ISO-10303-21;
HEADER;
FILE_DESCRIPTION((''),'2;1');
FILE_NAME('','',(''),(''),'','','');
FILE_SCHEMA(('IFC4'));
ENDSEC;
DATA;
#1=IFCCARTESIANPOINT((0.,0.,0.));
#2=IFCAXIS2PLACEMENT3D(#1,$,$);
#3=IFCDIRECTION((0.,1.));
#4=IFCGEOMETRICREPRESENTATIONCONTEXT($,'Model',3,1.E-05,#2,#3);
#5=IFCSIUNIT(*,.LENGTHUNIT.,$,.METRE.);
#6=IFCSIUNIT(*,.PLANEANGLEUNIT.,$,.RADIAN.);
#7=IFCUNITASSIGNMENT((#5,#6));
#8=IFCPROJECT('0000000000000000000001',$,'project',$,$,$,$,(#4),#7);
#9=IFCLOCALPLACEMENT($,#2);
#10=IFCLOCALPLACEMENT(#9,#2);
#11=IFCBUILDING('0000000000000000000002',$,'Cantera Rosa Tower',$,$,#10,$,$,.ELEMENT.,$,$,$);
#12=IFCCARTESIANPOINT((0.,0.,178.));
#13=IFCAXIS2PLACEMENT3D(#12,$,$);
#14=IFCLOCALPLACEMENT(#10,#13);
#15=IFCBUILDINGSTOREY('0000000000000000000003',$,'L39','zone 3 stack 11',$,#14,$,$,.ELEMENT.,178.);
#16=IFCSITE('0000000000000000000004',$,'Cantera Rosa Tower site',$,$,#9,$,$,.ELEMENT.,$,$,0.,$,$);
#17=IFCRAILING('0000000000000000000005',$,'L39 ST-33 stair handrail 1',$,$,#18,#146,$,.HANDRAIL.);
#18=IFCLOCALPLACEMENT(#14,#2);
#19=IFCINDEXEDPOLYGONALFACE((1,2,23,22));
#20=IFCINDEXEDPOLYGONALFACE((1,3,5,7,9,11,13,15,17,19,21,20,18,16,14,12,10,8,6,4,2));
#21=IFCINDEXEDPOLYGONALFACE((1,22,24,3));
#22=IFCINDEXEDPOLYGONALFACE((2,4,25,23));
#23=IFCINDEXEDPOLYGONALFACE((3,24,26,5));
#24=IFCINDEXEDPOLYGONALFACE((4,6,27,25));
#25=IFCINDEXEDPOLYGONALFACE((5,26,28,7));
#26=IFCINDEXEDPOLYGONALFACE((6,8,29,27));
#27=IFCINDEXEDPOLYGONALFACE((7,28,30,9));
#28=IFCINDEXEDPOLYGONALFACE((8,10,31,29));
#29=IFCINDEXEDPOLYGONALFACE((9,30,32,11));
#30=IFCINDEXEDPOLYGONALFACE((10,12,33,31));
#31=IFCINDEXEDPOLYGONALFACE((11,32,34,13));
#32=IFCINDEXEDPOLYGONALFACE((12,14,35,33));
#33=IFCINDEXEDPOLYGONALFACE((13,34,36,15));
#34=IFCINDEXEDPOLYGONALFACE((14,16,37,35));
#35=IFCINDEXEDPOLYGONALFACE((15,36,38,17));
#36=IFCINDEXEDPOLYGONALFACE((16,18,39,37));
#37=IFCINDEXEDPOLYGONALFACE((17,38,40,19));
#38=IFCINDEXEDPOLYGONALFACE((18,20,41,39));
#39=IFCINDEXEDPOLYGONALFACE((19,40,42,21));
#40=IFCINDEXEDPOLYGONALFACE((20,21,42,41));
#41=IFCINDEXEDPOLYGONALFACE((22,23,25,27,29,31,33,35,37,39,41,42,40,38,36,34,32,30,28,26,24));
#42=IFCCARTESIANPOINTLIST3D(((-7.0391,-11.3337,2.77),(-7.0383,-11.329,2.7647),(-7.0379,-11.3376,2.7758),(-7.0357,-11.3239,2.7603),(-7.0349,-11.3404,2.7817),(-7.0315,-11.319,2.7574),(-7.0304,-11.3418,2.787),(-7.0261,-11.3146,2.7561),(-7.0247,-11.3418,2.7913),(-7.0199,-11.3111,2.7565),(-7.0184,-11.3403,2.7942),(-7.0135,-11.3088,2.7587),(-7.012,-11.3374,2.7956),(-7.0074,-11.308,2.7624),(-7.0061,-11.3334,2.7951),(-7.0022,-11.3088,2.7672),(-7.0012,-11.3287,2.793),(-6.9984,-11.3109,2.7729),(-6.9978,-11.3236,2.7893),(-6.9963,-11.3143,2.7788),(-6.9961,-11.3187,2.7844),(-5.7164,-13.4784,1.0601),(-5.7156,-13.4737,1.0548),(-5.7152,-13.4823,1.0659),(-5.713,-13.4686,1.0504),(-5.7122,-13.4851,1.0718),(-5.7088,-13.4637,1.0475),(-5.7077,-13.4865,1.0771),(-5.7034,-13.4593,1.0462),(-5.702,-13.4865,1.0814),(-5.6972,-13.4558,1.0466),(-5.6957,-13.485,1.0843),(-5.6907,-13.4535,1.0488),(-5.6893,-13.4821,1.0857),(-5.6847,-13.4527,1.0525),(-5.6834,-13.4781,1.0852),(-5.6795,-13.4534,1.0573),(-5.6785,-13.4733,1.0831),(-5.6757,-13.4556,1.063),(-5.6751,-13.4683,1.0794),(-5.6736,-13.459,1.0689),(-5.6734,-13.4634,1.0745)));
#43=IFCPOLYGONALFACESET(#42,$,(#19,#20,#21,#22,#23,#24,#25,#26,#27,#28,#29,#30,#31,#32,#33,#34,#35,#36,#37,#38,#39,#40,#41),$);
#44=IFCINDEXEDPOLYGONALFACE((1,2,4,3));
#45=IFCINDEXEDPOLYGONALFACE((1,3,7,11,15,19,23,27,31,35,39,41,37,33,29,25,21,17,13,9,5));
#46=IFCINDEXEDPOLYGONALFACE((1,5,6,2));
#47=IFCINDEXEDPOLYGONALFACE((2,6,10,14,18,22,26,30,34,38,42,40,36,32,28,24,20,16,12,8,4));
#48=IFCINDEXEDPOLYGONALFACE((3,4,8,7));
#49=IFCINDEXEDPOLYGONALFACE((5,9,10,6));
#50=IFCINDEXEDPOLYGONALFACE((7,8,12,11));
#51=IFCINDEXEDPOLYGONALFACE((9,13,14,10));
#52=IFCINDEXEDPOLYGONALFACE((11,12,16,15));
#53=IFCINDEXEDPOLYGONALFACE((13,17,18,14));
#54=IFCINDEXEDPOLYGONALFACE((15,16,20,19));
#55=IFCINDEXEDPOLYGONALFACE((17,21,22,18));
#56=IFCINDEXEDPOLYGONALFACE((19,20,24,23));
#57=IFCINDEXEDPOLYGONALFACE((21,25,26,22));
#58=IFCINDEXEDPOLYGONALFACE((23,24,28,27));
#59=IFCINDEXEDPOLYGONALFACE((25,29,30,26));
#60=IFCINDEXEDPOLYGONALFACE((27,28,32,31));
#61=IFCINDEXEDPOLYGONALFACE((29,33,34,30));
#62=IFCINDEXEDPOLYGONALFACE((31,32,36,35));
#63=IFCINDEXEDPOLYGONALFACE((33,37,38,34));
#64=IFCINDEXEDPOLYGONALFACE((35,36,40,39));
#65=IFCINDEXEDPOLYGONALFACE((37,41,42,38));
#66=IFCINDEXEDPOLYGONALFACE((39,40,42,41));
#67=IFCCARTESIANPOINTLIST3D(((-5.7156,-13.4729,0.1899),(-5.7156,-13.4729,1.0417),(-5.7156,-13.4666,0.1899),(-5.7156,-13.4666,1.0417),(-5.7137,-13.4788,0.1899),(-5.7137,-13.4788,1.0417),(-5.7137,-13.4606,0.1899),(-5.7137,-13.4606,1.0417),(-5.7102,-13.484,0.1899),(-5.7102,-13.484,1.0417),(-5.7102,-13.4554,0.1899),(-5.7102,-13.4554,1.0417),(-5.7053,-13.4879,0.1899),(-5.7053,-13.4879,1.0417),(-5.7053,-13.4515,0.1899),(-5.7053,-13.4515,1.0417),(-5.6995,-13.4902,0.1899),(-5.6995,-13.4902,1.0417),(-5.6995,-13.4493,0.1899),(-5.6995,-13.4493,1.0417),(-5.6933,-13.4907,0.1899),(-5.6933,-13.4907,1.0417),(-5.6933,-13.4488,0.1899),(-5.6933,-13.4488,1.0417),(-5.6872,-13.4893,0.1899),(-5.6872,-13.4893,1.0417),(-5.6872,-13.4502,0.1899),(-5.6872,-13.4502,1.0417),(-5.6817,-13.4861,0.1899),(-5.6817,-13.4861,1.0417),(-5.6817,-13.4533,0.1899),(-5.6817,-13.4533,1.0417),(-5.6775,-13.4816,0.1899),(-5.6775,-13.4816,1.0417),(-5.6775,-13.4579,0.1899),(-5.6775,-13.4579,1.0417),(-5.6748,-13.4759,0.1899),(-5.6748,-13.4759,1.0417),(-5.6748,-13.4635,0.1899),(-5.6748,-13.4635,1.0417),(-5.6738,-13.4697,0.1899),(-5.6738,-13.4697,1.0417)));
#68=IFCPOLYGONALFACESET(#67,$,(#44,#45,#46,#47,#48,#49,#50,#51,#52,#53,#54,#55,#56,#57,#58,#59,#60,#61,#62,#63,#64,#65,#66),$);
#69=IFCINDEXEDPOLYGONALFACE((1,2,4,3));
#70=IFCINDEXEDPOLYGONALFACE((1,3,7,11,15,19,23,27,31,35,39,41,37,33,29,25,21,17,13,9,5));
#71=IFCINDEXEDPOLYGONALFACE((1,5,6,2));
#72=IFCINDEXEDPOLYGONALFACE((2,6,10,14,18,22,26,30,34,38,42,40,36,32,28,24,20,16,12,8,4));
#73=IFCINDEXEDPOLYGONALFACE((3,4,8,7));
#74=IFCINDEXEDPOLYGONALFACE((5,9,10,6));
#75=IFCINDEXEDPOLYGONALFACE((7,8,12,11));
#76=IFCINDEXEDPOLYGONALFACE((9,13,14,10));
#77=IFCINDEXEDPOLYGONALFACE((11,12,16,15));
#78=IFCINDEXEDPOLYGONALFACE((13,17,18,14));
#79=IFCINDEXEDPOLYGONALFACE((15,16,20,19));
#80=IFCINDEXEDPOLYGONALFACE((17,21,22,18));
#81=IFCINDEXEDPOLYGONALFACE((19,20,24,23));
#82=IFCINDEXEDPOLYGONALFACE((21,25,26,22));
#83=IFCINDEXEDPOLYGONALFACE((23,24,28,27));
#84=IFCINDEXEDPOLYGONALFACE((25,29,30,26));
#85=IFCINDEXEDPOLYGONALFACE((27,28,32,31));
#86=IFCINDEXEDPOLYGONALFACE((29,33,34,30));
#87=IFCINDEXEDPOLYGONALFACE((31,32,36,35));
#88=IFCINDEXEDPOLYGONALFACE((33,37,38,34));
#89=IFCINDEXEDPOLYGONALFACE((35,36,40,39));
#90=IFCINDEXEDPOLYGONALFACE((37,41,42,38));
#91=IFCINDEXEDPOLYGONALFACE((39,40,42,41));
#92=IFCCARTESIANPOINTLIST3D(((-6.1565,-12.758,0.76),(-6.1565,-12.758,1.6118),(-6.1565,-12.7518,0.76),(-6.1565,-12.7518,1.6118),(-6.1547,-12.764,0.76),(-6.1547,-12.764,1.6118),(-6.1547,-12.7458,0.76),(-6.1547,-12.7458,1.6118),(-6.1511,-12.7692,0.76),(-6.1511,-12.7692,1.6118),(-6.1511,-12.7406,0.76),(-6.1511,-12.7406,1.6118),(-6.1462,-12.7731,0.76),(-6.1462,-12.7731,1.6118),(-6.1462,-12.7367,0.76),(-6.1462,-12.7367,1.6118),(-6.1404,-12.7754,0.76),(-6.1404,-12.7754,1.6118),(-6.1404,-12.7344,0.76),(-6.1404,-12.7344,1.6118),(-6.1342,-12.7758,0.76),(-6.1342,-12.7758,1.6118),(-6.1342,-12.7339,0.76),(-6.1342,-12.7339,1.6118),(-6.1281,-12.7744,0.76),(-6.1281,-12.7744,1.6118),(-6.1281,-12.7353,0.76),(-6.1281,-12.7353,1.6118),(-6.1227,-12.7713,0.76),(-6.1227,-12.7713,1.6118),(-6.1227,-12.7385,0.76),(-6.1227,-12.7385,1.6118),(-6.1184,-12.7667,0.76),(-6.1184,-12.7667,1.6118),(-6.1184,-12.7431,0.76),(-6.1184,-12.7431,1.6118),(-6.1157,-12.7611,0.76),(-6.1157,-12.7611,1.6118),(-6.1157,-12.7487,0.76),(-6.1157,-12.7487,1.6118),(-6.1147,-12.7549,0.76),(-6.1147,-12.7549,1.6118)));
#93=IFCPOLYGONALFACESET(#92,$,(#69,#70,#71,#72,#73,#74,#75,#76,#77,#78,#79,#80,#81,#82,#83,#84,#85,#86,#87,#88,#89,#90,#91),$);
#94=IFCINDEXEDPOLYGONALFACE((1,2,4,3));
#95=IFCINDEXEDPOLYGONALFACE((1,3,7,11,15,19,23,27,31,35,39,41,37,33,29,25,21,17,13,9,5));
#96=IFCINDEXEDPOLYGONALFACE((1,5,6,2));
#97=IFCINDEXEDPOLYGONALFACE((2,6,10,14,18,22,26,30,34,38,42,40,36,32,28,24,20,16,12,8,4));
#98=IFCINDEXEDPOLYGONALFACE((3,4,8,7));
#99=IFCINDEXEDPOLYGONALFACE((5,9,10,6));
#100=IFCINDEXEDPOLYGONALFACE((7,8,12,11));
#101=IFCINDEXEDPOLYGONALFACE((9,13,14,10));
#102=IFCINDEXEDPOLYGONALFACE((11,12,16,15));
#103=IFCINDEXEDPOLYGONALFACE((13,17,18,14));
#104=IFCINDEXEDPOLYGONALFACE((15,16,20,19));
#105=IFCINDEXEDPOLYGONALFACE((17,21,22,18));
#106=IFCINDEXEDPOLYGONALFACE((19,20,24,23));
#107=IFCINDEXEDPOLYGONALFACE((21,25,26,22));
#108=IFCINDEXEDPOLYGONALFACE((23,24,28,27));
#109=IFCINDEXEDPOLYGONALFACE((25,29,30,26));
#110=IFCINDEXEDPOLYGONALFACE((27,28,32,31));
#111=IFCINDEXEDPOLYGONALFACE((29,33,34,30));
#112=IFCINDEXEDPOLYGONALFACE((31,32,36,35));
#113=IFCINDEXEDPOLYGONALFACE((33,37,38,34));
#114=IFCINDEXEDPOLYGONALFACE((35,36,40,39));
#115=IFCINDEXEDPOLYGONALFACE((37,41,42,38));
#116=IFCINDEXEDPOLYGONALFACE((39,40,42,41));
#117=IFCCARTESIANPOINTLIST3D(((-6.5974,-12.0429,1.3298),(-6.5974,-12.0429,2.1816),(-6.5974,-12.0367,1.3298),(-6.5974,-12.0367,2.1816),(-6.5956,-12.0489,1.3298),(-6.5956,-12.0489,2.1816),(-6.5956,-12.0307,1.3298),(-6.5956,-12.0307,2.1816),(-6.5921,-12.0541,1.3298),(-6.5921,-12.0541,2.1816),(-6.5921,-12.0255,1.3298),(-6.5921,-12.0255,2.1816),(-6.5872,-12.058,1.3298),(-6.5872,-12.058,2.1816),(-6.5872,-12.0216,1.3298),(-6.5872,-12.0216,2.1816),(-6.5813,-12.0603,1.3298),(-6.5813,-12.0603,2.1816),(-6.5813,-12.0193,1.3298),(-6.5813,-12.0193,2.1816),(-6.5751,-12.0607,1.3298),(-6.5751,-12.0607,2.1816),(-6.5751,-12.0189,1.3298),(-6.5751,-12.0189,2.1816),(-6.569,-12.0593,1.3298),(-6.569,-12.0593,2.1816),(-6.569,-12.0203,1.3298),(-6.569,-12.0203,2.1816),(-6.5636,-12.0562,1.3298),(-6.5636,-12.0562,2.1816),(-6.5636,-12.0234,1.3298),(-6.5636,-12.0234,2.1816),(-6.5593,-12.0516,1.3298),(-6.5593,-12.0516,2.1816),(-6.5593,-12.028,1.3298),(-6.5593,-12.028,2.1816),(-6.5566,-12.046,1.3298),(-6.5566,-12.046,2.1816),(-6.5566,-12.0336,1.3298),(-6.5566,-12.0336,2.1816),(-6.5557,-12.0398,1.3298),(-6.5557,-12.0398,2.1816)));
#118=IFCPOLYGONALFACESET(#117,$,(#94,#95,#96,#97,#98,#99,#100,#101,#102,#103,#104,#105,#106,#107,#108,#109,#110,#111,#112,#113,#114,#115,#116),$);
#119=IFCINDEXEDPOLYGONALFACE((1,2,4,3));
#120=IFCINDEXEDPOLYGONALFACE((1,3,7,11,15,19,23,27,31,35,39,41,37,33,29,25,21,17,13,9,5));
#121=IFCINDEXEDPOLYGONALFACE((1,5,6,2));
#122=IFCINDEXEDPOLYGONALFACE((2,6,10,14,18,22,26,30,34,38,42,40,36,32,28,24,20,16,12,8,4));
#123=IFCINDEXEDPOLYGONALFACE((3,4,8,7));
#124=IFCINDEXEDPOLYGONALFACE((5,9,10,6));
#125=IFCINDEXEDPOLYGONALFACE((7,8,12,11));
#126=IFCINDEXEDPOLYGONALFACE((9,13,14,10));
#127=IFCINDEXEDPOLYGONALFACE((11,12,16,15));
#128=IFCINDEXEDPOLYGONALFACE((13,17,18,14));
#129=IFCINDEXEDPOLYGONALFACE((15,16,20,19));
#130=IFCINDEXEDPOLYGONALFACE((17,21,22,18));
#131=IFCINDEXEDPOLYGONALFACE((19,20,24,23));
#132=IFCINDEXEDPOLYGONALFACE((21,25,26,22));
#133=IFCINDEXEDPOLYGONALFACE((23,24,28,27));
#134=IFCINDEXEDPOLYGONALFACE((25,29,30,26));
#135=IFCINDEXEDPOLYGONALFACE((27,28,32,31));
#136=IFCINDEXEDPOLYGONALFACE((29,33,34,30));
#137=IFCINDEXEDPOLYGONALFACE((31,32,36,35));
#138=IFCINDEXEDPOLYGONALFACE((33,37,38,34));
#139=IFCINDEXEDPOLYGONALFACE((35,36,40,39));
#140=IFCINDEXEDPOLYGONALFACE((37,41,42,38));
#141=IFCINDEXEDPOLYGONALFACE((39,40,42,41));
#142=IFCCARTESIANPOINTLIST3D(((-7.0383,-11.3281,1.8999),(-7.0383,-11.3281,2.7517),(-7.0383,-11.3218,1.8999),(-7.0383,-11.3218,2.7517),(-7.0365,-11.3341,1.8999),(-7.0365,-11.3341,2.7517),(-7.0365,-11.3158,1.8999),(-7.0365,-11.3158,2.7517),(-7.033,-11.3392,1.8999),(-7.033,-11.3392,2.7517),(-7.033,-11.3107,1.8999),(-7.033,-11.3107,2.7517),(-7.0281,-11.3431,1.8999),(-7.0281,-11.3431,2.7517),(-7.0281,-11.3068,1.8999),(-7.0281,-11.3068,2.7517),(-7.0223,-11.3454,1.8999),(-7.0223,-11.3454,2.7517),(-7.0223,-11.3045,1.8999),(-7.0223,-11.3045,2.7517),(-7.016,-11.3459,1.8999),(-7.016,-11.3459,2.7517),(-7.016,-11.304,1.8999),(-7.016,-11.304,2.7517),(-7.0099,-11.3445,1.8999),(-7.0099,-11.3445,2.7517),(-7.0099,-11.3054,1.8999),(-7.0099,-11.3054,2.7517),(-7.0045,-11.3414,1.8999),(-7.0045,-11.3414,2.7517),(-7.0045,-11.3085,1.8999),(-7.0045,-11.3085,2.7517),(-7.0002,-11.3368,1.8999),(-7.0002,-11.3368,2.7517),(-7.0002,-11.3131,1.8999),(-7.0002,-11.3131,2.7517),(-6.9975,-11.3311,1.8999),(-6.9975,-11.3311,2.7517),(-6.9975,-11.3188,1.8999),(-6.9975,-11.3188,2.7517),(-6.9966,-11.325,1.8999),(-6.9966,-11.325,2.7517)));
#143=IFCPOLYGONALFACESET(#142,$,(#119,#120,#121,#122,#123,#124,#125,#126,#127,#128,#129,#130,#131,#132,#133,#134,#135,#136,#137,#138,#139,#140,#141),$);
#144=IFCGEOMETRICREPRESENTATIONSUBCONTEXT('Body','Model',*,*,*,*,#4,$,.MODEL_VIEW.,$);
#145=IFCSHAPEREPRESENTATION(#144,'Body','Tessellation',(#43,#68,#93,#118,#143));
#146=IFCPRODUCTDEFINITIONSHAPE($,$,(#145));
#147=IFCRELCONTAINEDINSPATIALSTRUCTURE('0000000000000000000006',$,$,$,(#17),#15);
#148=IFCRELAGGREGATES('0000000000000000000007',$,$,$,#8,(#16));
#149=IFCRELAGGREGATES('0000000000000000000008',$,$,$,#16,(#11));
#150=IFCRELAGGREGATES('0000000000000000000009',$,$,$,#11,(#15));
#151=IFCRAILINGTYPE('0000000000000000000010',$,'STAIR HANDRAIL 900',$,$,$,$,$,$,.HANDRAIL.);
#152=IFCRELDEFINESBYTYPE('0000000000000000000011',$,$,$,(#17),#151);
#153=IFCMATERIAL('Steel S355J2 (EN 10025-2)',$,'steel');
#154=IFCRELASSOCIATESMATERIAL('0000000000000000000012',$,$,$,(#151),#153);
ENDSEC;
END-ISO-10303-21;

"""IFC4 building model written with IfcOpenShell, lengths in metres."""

from ifc_helpers import new_model, si_unit, direction, frame, origin, origin_2d, place, context, subcontext, project, spatial, circle, extrude, material, type_object, element, save


model = new_model("IFC4")

# Units and contexts
model_context = context("Model", 3, precision=1e-05, world=origin(), true_north=direction((0.0, 1.0)))
body_context = subcontext(model_context, "Body", "Model", "MODEL_VIEW")
ifc_project = project(units=[si_unit("LENGTHUNIT", "METRE"), si_unit("PLANEANGLEUNIT", "RADIAN")], contexts=[model_context])

# Site, building, storey
site_placement = place(None, origin())
site = spatial("IfcSite", under=ifc_project, at=site_placement, Name="Cantera Rosa Tower site", CompositionType="ELEMENT", RefElevation=0.0)
building_placement = place(site_placement, origin())
building = spatial("IfcBuilding", under=site, at=building_placement, Name="Cantera Rosa Tower", CompositionType="ELEMENT")
storey_placement = place(building_placement, frame((0.0, 0.0, 178.0)))
storey = spatial("IfcBuildingStorey", under=building, at=storey_placement, Name="L39", Description="zone 3 stack 11", CompositionType="ELEMENT", Elevation=178.0)

# Railing
ifc_material_1 = material(Name="Steel S355J2 (EN 10025-2)", Category="steel")
railing_type_1 = type_object("IfcRailingType", Name="STAIR HANDRAIL 900", PredefinedType="HANDRAIL", material=ifc_material_1)
railing_1_placement = place(storey_placement, frame((-5.6948, -13.4697, 0.1899)))
element("IfcRailing", 1, at=railing_1_placement, inside=storey, type_object=railing_type_1, Name="L39 ST-33 stair handrail 1", PredefinedType="HANDRAIL", context=body_context, shape_type="SweptSolid", body=[
    extrude(circle(Radius=0.0239, at=origin_2d()), frame((0.0, 0.0, 0.876), z_axis=(-0.434363, 0.704296, 0.561513), x_axis=(-0.851146, -0.52493, 0.0)), (0.0, 0.0, 1.0), 3.0452),
    extrude(circle(Radius=0.021, at=origin_2d()), origin(), (0.0, 0.0, 1.0), 0.8518),
    extrude(circle(Radius=0.021, at=origin_2d()), frame((-0.4409, 0.7148, 0.5701)), (0.0, 0.0, 1.0), 0.8518),
    extrude(circle(Radius=0.021, at=origin_2d()), frame((-0.8818, 1.4299, 1.1399)), (0.0, 0.0, 1.0), 0.8518),
    extrude(circle(Radius=0.021, at=origin_2d()), frame((-1.3228, 2.1448, 1.71)), (0.0, 0.0, 1.0), 0.8518),
])

save(model, "model.ifc")
